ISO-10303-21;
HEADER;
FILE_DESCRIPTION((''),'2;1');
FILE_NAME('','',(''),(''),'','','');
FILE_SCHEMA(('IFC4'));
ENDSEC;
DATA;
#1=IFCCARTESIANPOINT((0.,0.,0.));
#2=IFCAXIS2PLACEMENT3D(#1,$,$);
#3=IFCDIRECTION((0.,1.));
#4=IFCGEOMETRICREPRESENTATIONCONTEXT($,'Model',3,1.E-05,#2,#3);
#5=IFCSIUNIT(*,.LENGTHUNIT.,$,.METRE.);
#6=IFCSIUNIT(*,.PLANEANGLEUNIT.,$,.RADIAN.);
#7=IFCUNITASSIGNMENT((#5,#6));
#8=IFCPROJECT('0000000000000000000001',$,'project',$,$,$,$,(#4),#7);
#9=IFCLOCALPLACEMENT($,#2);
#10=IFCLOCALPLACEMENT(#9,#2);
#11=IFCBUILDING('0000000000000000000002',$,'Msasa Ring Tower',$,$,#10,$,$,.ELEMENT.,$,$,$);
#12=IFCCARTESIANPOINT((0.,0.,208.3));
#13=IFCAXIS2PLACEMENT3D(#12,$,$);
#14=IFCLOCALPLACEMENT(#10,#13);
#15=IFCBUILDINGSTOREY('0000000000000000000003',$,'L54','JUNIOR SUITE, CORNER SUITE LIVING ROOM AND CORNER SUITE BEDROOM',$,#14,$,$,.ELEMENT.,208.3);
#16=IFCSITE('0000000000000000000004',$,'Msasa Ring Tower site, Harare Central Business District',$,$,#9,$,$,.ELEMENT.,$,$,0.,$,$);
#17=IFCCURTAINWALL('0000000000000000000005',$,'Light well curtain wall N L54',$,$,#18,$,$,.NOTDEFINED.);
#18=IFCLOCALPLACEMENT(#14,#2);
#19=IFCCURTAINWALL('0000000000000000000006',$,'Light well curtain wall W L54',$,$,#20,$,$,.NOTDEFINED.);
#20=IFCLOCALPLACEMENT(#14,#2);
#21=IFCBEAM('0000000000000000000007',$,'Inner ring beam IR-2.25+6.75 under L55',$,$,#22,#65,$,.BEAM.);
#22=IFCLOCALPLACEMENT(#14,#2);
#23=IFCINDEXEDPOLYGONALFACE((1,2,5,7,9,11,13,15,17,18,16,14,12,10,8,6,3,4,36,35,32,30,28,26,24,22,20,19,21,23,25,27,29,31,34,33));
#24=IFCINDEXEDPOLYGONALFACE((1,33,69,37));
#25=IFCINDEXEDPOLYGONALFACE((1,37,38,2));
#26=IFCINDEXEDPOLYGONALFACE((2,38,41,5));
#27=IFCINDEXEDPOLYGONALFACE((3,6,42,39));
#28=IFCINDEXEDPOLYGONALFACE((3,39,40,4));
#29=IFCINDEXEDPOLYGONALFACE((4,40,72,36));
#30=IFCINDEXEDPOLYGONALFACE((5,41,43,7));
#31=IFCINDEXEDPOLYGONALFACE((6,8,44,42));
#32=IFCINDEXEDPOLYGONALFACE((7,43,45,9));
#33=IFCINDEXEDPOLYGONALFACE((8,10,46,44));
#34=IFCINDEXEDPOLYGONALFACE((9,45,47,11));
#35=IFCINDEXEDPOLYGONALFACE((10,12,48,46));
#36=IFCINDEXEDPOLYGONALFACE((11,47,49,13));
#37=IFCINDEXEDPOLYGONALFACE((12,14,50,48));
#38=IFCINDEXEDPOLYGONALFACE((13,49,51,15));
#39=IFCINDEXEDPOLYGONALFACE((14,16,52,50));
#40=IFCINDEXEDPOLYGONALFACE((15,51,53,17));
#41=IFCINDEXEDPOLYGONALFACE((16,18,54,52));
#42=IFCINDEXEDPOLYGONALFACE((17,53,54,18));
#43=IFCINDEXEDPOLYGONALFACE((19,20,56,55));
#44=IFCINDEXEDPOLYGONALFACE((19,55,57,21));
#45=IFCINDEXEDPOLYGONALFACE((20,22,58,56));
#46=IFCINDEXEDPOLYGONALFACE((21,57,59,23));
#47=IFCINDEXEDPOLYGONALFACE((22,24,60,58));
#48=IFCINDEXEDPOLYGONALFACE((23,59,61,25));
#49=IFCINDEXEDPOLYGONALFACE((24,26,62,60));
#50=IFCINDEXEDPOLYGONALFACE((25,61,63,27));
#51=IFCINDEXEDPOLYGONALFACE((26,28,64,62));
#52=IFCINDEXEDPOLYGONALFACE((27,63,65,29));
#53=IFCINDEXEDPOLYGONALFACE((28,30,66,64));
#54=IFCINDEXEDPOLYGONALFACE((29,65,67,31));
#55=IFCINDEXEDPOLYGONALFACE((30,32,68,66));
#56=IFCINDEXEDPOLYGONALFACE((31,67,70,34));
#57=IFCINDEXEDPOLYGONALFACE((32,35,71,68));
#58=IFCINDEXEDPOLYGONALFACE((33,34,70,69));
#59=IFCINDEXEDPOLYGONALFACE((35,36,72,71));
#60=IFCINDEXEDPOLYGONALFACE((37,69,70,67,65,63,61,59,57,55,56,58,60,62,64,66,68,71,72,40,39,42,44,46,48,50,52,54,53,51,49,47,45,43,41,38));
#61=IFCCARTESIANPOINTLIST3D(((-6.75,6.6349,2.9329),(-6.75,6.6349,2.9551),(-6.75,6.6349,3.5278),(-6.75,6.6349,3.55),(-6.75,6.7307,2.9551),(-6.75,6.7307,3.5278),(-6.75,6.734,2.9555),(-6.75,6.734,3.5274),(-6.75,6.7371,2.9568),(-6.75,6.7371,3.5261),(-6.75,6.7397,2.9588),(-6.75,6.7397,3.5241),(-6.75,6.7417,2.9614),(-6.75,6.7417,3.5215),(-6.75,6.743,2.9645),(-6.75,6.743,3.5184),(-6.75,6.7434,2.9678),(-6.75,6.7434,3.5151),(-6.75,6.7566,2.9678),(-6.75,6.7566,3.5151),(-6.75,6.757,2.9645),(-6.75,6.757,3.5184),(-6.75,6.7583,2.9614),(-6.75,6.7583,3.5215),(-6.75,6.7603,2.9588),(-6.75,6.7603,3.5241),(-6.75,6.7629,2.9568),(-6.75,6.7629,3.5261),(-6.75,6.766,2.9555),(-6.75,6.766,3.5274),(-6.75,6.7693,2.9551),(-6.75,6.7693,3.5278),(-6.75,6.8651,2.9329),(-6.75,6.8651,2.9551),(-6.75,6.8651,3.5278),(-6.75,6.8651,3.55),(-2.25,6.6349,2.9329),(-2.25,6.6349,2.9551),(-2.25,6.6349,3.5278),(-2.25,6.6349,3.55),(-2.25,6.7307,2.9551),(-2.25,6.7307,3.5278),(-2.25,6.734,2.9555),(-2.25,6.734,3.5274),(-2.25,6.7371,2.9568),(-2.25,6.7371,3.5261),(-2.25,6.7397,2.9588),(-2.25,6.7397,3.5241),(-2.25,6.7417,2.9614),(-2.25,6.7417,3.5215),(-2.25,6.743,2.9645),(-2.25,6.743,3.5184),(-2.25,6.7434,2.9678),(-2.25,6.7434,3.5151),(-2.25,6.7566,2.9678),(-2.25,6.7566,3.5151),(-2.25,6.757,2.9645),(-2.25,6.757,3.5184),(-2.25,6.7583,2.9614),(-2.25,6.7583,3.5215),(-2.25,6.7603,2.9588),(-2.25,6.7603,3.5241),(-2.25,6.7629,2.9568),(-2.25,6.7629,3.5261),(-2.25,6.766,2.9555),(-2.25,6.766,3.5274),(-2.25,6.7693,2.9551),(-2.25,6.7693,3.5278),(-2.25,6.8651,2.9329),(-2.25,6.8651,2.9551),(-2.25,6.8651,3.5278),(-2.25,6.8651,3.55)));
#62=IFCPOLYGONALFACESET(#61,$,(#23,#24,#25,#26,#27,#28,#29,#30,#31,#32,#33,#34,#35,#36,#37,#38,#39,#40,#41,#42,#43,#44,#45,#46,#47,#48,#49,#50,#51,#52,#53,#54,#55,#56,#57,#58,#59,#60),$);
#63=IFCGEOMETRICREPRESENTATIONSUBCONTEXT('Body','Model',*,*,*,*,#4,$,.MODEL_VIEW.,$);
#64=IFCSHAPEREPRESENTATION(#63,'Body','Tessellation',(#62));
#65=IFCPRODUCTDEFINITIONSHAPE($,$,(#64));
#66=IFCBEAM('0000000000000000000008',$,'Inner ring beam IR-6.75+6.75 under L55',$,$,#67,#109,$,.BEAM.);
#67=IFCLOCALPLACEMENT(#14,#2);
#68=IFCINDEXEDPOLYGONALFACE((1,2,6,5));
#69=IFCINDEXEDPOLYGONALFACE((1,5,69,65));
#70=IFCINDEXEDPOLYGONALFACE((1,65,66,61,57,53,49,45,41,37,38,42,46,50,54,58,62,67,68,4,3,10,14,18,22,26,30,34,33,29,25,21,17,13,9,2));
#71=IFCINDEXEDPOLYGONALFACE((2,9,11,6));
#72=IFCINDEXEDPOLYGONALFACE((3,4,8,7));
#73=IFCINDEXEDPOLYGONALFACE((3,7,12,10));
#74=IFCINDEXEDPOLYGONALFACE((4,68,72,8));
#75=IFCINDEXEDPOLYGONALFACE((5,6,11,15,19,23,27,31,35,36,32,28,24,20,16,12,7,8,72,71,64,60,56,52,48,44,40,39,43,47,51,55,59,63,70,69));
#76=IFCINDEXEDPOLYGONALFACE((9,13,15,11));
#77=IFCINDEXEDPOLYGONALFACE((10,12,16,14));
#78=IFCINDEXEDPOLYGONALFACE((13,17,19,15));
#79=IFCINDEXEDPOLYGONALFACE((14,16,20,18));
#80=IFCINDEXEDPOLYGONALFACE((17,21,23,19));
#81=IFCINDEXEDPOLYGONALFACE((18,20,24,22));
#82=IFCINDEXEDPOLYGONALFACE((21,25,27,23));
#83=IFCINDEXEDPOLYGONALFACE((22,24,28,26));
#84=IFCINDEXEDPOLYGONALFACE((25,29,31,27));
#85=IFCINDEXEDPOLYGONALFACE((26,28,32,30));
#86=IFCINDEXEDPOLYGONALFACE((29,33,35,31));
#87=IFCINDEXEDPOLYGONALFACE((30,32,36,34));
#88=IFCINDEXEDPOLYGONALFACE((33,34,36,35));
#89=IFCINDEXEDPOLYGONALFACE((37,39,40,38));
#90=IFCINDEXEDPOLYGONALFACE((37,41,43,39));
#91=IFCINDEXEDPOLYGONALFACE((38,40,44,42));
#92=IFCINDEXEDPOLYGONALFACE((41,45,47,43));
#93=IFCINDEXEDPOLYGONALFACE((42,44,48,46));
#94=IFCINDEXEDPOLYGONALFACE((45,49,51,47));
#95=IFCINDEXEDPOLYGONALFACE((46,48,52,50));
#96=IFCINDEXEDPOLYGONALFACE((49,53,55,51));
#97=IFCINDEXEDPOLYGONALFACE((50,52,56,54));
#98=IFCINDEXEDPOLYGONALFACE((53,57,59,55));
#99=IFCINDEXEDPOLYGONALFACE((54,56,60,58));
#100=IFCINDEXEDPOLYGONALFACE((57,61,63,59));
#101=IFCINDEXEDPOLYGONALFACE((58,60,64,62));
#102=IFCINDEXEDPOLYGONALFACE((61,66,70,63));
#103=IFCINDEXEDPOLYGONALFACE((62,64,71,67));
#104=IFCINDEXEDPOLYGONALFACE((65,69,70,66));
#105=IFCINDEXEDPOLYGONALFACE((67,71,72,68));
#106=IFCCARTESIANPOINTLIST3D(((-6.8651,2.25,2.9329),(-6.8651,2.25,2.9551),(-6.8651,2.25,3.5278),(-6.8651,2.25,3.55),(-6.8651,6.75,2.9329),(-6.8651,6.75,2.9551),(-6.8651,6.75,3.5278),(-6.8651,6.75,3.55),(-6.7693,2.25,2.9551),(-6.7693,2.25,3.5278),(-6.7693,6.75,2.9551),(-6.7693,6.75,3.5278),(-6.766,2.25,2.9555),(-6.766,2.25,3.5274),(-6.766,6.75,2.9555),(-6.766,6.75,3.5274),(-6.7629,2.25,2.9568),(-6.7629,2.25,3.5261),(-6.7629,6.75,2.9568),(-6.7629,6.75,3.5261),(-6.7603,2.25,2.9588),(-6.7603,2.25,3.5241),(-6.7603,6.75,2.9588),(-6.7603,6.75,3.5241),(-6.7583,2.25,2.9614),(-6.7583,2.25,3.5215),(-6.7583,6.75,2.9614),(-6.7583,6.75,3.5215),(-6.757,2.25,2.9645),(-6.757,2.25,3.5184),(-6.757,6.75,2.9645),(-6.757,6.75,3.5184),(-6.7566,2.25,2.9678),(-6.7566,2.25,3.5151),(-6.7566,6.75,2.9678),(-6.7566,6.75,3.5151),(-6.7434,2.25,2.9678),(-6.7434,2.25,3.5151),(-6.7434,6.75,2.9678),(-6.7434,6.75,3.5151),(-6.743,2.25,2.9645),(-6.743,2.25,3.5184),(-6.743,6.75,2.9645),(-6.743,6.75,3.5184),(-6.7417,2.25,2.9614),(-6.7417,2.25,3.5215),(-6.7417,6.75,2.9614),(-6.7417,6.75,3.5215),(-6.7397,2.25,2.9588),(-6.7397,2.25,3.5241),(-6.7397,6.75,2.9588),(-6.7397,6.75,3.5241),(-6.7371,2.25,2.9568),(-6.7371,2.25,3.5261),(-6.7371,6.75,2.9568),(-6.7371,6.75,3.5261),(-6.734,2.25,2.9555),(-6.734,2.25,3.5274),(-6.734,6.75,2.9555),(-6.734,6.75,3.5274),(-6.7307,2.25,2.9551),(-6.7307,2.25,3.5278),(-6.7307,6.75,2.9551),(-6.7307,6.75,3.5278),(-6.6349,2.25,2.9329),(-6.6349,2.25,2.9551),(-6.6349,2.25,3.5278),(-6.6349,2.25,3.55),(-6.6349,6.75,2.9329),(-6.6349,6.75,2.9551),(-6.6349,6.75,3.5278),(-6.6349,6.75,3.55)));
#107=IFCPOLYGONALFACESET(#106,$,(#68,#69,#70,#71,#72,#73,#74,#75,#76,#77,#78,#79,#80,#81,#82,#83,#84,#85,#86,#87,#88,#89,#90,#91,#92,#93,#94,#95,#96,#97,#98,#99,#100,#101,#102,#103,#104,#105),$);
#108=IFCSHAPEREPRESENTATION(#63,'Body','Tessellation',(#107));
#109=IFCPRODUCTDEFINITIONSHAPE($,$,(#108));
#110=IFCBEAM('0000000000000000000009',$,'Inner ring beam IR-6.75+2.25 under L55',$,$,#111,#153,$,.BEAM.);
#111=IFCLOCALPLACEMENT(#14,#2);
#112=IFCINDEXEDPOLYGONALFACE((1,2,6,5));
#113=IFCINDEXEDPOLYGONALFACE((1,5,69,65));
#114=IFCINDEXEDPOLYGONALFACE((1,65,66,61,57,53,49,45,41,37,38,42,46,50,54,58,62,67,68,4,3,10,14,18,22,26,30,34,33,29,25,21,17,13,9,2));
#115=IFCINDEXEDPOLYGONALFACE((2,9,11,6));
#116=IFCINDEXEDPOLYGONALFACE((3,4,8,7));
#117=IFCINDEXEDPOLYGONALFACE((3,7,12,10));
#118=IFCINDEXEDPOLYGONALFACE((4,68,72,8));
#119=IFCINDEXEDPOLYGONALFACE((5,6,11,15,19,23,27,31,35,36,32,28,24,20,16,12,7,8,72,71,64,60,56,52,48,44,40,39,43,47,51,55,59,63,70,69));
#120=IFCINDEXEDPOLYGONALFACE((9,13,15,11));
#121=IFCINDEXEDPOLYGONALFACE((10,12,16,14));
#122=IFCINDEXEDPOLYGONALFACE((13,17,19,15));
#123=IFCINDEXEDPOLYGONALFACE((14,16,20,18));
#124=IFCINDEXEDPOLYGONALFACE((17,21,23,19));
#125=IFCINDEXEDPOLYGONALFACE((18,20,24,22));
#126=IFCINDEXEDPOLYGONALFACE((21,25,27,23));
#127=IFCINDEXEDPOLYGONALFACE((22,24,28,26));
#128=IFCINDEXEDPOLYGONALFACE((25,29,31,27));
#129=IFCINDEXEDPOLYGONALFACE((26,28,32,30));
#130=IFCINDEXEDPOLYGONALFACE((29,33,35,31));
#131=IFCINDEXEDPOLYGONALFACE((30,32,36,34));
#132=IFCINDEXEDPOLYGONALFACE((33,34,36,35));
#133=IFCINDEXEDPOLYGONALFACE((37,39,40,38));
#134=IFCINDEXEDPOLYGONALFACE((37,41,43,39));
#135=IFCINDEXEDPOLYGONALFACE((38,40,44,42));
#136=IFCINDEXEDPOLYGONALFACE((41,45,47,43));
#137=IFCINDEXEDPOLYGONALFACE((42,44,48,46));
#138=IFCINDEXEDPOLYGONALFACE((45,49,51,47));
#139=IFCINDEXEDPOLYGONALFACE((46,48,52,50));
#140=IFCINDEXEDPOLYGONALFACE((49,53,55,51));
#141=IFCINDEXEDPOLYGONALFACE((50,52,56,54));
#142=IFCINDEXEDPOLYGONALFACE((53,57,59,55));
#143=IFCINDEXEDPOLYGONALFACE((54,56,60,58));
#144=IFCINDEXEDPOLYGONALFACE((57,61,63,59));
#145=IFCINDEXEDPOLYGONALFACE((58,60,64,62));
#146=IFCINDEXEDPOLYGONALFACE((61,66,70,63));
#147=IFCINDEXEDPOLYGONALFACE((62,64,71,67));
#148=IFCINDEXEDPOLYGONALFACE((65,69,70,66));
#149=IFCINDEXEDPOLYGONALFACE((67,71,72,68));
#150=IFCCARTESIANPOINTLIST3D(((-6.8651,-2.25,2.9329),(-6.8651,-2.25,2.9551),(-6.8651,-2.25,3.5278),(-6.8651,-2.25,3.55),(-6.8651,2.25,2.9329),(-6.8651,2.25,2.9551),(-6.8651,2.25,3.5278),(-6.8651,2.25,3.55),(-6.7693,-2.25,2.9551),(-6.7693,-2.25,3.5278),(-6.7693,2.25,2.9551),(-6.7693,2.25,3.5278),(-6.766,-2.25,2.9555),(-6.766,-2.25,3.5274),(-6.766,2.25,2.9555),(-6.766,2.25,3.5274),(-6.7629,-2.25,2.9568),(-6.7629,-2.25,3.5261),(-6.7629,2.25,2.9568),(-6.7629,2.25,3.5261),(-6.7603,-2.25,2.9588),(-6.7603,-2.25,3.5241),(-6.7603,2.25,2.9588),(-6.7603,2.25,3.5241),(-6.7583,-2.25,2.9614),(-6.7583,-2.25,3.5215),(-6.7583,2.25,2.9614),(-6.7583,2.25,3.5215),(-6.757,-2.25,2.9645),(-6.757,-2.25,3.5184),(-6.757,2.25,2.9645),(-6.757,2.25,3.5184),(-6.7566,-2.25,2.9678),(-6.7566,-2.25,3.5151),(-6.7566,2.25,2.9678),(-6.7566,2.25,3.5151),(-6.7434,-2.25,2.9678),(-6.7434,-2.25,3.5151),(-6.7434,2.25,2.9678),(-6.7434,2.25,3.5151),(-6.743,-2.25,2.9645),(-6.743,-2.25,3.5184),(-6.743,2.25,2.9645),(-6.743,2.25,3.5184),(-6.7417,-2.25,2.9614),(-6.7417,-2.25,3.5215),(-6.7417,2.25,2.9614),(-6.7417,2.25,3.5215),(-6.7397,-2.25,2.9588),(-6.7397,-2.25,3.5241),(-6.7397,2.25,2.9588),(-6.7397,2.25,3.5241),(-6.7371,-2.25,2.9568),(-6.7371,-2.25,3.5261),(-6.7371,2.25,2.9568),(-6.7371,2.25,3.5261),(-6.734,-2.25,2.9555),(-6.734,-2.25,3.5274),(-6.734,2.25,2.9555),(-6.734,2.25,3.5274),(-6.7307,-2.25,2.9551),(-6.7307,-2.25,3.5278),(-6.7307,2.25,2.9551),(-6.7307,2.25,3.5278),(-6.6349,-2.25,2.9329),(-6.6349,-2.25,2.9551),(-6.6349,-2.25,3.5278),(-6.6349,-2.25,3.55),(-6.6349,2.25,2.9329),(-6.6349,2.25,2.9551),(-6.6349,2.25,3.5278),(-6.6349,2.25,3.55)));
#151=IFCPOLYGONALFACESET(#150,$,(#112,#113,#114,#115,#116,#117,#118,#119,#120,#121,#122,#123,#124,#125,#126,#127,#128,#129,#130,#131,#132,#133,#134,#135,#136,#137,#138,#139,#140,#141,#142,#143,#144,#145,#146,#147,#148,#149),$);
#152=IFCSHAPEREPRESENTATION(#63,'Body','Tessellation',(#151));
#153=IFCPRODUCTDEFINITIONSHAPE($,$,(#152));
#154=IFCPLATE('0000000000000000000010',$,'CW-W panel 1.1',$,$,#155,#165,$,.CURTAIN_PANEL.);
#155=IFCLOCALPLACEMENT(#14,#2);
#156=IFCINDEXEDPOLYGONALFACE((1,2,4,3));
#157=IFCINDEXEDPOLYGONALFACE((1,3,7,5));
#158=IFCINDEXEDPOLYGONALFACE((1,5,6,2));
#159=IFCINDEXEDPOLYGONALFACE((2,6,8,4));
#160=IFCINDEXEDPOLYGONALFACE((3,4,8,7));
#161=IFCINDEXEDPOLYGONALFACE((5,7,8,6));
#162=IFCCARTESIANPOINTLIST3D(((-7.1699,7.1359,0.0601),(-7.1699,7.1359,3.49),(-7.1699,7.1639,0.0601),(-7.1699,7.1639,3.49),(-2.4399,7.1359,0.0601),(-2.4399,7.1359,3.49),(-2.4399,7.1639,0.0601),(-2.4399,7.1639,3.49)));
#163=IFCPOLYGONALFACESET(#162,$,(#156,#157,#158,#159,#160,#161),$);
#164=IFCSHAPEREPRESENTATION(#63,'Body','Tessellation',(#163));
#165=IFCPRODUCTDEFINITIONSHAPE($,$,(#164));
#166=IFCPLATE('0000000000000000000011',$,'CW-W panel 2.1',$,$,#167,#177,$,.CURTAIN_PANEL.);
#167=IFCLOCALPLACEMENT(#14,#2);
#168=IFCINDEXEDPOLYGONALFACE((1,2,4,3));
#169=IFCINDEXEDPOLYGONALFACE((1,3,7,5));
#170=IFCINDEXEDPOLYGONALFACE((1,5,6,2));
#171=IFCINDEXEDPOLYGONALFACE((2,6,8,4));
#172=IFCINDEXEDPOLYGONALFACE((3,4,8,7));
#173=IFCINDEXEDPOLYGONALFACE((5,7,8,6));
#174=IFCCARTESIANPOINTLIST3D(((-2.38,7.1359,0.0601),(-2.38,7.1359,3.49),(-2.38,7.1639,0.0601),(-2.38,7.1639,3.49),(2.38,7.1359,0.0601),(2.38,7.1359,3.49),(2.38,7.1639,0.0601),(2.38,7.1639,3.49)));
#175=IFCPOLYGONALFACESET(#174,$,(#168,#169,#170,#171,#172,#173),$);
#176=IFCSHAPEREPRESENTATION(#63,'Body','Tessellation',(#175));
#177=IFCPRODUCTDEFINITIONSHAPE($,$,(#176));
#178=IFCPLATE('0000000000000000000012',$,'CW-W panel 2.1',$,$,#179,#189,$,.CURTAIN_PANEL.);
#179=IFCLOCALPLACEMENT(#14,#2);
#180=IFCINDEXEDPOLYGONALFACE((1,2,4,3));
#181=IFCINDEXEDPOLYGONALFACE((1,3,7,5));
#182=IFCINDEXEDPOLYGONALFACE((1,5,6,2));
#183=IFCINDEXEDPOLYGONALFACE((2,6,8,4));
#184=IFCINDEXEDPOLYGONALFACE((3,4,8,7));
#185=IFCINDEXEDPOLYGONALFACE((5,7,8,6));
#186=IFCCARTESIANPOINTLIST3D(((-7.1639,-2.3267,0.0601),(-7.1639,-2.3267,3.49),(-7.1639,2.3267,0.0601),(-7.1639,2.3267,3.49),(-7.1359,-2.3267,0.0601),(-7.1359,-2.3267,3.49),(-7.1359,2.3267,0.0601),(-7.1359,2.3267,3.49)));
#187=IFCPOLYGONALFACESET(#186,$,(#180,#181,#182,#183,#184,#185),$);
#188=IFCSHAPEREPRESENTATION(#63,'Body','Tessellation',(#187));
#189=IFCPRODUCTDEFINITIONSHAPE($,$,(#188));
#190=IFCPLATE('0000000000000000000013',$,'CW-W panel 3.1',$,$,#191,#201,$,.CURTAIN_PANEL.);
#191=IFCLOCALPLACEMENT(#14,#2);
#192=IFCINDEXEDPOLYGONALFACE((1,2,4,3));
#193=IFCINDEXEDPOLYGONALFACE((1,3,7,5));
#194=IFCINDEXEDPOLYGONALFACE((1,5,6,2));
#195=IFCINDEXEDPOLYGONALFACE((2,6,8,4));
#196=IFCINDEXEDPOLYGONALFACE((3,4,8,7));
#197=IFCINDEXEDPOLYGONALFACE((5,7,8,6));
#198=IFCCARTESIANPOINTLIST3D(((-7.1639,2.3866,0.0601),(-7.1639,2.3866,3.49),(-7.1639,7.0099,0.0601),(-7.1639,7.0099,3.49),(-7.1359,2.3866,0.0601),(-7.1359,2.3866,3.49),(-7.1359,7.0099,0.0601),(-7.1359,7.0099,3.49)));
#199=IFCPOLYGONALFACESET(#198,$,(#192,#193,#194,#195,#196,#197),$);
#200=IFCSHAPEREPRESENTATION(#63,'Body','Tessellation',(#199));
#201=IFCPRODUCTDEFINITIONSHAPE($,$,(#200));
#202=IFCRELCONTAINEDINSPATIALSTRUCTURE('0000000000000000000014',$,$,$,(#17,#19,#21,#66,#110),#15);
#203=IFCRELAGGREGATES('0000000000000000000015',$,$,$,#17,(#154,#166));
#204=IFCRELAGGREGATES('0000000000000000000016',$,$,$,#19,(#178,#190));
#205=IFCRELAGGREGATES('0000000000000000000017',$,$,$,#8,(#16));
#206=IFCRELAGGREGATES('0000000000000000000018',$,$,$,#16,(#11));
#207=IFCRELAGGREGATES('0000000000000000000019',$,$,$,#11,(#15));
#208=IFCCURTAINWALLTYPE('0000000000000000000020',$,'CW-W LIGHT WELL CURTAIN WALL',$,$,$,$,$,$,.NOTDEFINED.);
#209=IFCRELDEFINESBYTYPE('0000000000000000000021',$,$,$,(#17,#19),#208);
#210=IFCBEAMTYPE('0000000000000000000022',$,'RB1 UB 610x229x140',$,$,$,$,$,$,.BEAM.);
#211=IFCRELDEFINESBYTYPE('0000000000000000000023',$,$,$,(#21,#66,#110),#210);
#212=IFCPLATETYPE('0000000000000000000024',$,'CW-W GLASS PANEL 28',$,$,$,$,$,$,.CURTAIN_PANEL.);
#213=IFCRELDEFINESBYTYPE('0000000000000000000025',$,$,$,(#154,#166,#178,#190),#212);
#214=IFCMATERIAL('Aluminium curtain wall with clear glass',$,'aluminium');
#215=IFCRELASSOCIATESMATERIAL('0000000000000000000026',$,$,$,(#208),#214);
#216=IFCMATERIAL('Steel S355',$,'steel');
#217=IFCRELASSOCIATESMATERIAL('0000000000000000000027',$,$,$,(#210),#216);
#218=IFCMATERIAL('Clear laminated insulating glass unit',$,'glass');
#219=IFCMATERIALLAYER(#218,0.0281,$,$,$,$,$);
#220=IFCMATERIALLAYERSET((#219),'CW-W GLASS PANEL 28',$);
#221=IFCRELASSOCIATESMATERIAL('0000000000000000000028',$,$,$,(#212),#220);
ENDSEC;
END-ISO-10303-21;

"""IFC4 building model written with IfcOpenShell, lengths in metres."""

from ifc_helpers import new_model, si_unit, direction, frame, origin, origin_2d, place, context, subcontext, project, spatial, rectangle, i_section, extrude, material, layer, layer_set, material_profile, profile_set, type_object, element, aggregate, save


model = new_model("IFC4")

# Units and contexts
model_context = context("Model", 3, precision=1e-05, world=origin(), true_north=direction((0.0, 1.0)))
body_context = subcontext(model_context, "Body", "Model", "MODEL_VIEW")
ifc_project = project(units=[si_unit("LENGTHUNIT", "METRE"), si_unit("PLANEANGLEUNIT", "RADIAN")], contexts=[model_context])

# Site, building, storey
site_placement = place(None, origin())
site = spatial("IfcSite", under=ifc_project, at=site_placement, Name="Msasa Ring Tower site, Harare Central Business District", CompositionType="ELEMENT", RefElevation=0.0)
building_placement = place(site_placement, origin())
building = spatial("IfcBuilding", under=site, at=building_placement, Name="Msasa Ring Tower", CompositionType="ELEMENT")
storey_placement = place(building_placement, frame((0.0, 0.0, 208.3)))
storey = spatial("IfcBuildingStorey", under=building, at=storey_placement, Name="L54", Description="JUNIOR SUITE, CORNER SUITE LIVING ROOM AND CORNER SUITE BEDROOM", CompositionType="ELEMENT", Elevation=208.3)

# Curtain wall
ifc_material_1 = material(Name="Aluminium curtain wall with clear glass", Category="aluminium")
curtain_wall_type = type_object("IfcCurtainWallType", Name="CW-W LIGHT WELL CURTAIN WALL", PredefinedType="NOTDEFINED", material=ifc_material_1)
curtain_wall_1_placement = place(storey_placement, origin())
curtain_wall_1 = element("IfcCurtainWall", 1, at=curtain_wall_1_placement, inside=storey, type_object=curtain_wall_type, Name="Light well curtain wall N L54", PredefinedType="NOTDEFINED")

# Curtain wall
curtain_wall_2_placement = place(storey_placement, origin())
curtain_wall_2 = element("IfcCurtainWall", 2, at=curtain_wall_2_placement, inside=storey, type_object=curtain_wall_type, Name="Light well curtain wall W L54", PredefinedType="NOTDEFINED")

# Beams
ifc_material_2 = material(Name="Steel S355", Category="steel")
ifc_material_profile_1 = material_profile(ifc_material_2, i_section(OverallWidth=0.2302, OverallDepth=0.6172, WebThickness=0.0132, FlangeThickness=0.0222, FilletRadius=0.0127, at=origin_2d()), Name="UB 610x229x140")
ifc_profile_set_1 = profile_set([ifc_material_profile_1], Name="Steel S355")
beam_type = type_object("IfcBeamType", Name="RB1 UB 610x229x140", PredefinedType="BEAM", material=ifc_profile_set_1)
for number, where, z_axis, x_axis, name in (
    (3, (-2.25, 6.75, 3.2415), (-1.0, 0.0, 0.0), (0.0, -1.0, 0.0), "Inner ring beam IR-2.25+6.75 under L55"),
    (4, (-6.75, 6.75, 3.2415), (0.0, -1.0, 0.0), (1.0, 0.0, 0.0), "Inner ring beam IR-6.75+6.75 under L55"),
    (5, (-6.75, 2.25, 3.2415), (0.0, -1.0, 0.0), (1.0, 0.0, 0.0), "Inner ring beam IR-6.75+2.25 under L55"),
):
    element("IfcBeam", number, at=place(storey_placement, frame(where, z_axis=z_axis, x_axis=x_axis)), inside=storey, type_object=beam_type, Name=name, PredefinedType="BEAM", context=body_context, shape_type="SweptSolid", body=[
        extrude(i_section(OverallWidth=0.2302, OverallDepth=0.6172, WebThickness=0.0132, FlangeThickness=0.0222, FilletRadius=0.0127, at=origin_2d()), origin(), (0.0, 0.0, 1.0), 4.5),
    ])

# Plates
ifc_material_3 = material(Name="Clear laminated insulating glass unit", Category="glass")
ifc_layer_1 = layer(ifc_material_3, 0.0281)
ifc_layer_set_1 = layer_set([ifc_layer_1], Name="CW-W GLASS PANEL 28")
plate_type = type_object("IfcPlateType", Name="CW-W GLASS PANEL 28", PredefinedType="CURTAIN_PANEL", material=ifc_layer_set_1)
plate_1_placement = place(storey_placement, frame((-4.8049, 7.1499, 0.0601), z_axis=(0.0, 0.0, 1.0), x_axis=(1.0, 0.0, 0.0)))
plate_1 = element("IfcPlate", 6, at=plate_1_placement, type_object=plate_type, Name="CW-W panel 1.1", PredefinedType="CURTAIN_PANEL", context=body_context, shape_type="SweptSolid", body=[
    extrude(rectangle(XDim=4.73, YDim=0.0281, at=origin_2d()), origin(), (0.0, 0.0, 1.0), 3.4299),
])
plate_2_placement = place(storey_placement, frame((0.0, 7.1499, 0.0601), z_axis=(0.0, 0.0, 1.0), x_axis=(1.0, 0.0, 0.0)))
plate_2 = element("IfcPlate", 7, at=plate_2_placement, type_object=plate_type, Name="CW-W panel 2.1", PredefinedType="CURTAIN_PANEL", context=body_context, shape_type="SweptSolid", body=[
    extrude(rectangle(XDim=4.76, YDim=0.0281, at=origin_2d()), origin(), (0.0, 0.0, 1.0), 3.4299),
])
aggregate(curtain_wall_1, [plate_1, plate_2])
plate_3_placement = place(storey_placement, frame((-7.1499, 0.0, 0.0601), z_axis=(0.0, 0.0, 1.0), x_axis=(0.0, 1.0, 0.0)))
plate_3 = element("IfcPlate", 8, at=plate_3_placement, type_object=plate_type, Name="CW-W panel 2.1", PredefinedType="CURTAIN_PANEL", context=body_context, shape_type="SweptSolid", body=[
    extrude(rectangle(XDim=4.6533, YDim=0.0281, at=origin_2d()), origin(), (0.0, 0.0, 1.0), 3.4299),
])
plate_4_placement = place(storey_placement, frame((-7.1499, 4.6982, 0.0601), z_axis=(0.0, 0.0, 1.0), x_axis=(0.0, 1.0, 0.0)))
plate_4 = element("IfcPlate", 9, at=plate_4_placement, type_object=plate_type, Name="CW-W panel 3.1", PredefinedType="CURTAIN_PANEL", context=body_context, shape_type="SweptSolid", body=[
    extrude(rectangle(XDim=4.6233, YDim=0.0281, at=origin_2d()), origin(), (0.0, 0.0, 1.0), 3.4299),
])
aggregate(curtain_wall_2, [plate_3, plate_4])

save(model, "model.ifc")
